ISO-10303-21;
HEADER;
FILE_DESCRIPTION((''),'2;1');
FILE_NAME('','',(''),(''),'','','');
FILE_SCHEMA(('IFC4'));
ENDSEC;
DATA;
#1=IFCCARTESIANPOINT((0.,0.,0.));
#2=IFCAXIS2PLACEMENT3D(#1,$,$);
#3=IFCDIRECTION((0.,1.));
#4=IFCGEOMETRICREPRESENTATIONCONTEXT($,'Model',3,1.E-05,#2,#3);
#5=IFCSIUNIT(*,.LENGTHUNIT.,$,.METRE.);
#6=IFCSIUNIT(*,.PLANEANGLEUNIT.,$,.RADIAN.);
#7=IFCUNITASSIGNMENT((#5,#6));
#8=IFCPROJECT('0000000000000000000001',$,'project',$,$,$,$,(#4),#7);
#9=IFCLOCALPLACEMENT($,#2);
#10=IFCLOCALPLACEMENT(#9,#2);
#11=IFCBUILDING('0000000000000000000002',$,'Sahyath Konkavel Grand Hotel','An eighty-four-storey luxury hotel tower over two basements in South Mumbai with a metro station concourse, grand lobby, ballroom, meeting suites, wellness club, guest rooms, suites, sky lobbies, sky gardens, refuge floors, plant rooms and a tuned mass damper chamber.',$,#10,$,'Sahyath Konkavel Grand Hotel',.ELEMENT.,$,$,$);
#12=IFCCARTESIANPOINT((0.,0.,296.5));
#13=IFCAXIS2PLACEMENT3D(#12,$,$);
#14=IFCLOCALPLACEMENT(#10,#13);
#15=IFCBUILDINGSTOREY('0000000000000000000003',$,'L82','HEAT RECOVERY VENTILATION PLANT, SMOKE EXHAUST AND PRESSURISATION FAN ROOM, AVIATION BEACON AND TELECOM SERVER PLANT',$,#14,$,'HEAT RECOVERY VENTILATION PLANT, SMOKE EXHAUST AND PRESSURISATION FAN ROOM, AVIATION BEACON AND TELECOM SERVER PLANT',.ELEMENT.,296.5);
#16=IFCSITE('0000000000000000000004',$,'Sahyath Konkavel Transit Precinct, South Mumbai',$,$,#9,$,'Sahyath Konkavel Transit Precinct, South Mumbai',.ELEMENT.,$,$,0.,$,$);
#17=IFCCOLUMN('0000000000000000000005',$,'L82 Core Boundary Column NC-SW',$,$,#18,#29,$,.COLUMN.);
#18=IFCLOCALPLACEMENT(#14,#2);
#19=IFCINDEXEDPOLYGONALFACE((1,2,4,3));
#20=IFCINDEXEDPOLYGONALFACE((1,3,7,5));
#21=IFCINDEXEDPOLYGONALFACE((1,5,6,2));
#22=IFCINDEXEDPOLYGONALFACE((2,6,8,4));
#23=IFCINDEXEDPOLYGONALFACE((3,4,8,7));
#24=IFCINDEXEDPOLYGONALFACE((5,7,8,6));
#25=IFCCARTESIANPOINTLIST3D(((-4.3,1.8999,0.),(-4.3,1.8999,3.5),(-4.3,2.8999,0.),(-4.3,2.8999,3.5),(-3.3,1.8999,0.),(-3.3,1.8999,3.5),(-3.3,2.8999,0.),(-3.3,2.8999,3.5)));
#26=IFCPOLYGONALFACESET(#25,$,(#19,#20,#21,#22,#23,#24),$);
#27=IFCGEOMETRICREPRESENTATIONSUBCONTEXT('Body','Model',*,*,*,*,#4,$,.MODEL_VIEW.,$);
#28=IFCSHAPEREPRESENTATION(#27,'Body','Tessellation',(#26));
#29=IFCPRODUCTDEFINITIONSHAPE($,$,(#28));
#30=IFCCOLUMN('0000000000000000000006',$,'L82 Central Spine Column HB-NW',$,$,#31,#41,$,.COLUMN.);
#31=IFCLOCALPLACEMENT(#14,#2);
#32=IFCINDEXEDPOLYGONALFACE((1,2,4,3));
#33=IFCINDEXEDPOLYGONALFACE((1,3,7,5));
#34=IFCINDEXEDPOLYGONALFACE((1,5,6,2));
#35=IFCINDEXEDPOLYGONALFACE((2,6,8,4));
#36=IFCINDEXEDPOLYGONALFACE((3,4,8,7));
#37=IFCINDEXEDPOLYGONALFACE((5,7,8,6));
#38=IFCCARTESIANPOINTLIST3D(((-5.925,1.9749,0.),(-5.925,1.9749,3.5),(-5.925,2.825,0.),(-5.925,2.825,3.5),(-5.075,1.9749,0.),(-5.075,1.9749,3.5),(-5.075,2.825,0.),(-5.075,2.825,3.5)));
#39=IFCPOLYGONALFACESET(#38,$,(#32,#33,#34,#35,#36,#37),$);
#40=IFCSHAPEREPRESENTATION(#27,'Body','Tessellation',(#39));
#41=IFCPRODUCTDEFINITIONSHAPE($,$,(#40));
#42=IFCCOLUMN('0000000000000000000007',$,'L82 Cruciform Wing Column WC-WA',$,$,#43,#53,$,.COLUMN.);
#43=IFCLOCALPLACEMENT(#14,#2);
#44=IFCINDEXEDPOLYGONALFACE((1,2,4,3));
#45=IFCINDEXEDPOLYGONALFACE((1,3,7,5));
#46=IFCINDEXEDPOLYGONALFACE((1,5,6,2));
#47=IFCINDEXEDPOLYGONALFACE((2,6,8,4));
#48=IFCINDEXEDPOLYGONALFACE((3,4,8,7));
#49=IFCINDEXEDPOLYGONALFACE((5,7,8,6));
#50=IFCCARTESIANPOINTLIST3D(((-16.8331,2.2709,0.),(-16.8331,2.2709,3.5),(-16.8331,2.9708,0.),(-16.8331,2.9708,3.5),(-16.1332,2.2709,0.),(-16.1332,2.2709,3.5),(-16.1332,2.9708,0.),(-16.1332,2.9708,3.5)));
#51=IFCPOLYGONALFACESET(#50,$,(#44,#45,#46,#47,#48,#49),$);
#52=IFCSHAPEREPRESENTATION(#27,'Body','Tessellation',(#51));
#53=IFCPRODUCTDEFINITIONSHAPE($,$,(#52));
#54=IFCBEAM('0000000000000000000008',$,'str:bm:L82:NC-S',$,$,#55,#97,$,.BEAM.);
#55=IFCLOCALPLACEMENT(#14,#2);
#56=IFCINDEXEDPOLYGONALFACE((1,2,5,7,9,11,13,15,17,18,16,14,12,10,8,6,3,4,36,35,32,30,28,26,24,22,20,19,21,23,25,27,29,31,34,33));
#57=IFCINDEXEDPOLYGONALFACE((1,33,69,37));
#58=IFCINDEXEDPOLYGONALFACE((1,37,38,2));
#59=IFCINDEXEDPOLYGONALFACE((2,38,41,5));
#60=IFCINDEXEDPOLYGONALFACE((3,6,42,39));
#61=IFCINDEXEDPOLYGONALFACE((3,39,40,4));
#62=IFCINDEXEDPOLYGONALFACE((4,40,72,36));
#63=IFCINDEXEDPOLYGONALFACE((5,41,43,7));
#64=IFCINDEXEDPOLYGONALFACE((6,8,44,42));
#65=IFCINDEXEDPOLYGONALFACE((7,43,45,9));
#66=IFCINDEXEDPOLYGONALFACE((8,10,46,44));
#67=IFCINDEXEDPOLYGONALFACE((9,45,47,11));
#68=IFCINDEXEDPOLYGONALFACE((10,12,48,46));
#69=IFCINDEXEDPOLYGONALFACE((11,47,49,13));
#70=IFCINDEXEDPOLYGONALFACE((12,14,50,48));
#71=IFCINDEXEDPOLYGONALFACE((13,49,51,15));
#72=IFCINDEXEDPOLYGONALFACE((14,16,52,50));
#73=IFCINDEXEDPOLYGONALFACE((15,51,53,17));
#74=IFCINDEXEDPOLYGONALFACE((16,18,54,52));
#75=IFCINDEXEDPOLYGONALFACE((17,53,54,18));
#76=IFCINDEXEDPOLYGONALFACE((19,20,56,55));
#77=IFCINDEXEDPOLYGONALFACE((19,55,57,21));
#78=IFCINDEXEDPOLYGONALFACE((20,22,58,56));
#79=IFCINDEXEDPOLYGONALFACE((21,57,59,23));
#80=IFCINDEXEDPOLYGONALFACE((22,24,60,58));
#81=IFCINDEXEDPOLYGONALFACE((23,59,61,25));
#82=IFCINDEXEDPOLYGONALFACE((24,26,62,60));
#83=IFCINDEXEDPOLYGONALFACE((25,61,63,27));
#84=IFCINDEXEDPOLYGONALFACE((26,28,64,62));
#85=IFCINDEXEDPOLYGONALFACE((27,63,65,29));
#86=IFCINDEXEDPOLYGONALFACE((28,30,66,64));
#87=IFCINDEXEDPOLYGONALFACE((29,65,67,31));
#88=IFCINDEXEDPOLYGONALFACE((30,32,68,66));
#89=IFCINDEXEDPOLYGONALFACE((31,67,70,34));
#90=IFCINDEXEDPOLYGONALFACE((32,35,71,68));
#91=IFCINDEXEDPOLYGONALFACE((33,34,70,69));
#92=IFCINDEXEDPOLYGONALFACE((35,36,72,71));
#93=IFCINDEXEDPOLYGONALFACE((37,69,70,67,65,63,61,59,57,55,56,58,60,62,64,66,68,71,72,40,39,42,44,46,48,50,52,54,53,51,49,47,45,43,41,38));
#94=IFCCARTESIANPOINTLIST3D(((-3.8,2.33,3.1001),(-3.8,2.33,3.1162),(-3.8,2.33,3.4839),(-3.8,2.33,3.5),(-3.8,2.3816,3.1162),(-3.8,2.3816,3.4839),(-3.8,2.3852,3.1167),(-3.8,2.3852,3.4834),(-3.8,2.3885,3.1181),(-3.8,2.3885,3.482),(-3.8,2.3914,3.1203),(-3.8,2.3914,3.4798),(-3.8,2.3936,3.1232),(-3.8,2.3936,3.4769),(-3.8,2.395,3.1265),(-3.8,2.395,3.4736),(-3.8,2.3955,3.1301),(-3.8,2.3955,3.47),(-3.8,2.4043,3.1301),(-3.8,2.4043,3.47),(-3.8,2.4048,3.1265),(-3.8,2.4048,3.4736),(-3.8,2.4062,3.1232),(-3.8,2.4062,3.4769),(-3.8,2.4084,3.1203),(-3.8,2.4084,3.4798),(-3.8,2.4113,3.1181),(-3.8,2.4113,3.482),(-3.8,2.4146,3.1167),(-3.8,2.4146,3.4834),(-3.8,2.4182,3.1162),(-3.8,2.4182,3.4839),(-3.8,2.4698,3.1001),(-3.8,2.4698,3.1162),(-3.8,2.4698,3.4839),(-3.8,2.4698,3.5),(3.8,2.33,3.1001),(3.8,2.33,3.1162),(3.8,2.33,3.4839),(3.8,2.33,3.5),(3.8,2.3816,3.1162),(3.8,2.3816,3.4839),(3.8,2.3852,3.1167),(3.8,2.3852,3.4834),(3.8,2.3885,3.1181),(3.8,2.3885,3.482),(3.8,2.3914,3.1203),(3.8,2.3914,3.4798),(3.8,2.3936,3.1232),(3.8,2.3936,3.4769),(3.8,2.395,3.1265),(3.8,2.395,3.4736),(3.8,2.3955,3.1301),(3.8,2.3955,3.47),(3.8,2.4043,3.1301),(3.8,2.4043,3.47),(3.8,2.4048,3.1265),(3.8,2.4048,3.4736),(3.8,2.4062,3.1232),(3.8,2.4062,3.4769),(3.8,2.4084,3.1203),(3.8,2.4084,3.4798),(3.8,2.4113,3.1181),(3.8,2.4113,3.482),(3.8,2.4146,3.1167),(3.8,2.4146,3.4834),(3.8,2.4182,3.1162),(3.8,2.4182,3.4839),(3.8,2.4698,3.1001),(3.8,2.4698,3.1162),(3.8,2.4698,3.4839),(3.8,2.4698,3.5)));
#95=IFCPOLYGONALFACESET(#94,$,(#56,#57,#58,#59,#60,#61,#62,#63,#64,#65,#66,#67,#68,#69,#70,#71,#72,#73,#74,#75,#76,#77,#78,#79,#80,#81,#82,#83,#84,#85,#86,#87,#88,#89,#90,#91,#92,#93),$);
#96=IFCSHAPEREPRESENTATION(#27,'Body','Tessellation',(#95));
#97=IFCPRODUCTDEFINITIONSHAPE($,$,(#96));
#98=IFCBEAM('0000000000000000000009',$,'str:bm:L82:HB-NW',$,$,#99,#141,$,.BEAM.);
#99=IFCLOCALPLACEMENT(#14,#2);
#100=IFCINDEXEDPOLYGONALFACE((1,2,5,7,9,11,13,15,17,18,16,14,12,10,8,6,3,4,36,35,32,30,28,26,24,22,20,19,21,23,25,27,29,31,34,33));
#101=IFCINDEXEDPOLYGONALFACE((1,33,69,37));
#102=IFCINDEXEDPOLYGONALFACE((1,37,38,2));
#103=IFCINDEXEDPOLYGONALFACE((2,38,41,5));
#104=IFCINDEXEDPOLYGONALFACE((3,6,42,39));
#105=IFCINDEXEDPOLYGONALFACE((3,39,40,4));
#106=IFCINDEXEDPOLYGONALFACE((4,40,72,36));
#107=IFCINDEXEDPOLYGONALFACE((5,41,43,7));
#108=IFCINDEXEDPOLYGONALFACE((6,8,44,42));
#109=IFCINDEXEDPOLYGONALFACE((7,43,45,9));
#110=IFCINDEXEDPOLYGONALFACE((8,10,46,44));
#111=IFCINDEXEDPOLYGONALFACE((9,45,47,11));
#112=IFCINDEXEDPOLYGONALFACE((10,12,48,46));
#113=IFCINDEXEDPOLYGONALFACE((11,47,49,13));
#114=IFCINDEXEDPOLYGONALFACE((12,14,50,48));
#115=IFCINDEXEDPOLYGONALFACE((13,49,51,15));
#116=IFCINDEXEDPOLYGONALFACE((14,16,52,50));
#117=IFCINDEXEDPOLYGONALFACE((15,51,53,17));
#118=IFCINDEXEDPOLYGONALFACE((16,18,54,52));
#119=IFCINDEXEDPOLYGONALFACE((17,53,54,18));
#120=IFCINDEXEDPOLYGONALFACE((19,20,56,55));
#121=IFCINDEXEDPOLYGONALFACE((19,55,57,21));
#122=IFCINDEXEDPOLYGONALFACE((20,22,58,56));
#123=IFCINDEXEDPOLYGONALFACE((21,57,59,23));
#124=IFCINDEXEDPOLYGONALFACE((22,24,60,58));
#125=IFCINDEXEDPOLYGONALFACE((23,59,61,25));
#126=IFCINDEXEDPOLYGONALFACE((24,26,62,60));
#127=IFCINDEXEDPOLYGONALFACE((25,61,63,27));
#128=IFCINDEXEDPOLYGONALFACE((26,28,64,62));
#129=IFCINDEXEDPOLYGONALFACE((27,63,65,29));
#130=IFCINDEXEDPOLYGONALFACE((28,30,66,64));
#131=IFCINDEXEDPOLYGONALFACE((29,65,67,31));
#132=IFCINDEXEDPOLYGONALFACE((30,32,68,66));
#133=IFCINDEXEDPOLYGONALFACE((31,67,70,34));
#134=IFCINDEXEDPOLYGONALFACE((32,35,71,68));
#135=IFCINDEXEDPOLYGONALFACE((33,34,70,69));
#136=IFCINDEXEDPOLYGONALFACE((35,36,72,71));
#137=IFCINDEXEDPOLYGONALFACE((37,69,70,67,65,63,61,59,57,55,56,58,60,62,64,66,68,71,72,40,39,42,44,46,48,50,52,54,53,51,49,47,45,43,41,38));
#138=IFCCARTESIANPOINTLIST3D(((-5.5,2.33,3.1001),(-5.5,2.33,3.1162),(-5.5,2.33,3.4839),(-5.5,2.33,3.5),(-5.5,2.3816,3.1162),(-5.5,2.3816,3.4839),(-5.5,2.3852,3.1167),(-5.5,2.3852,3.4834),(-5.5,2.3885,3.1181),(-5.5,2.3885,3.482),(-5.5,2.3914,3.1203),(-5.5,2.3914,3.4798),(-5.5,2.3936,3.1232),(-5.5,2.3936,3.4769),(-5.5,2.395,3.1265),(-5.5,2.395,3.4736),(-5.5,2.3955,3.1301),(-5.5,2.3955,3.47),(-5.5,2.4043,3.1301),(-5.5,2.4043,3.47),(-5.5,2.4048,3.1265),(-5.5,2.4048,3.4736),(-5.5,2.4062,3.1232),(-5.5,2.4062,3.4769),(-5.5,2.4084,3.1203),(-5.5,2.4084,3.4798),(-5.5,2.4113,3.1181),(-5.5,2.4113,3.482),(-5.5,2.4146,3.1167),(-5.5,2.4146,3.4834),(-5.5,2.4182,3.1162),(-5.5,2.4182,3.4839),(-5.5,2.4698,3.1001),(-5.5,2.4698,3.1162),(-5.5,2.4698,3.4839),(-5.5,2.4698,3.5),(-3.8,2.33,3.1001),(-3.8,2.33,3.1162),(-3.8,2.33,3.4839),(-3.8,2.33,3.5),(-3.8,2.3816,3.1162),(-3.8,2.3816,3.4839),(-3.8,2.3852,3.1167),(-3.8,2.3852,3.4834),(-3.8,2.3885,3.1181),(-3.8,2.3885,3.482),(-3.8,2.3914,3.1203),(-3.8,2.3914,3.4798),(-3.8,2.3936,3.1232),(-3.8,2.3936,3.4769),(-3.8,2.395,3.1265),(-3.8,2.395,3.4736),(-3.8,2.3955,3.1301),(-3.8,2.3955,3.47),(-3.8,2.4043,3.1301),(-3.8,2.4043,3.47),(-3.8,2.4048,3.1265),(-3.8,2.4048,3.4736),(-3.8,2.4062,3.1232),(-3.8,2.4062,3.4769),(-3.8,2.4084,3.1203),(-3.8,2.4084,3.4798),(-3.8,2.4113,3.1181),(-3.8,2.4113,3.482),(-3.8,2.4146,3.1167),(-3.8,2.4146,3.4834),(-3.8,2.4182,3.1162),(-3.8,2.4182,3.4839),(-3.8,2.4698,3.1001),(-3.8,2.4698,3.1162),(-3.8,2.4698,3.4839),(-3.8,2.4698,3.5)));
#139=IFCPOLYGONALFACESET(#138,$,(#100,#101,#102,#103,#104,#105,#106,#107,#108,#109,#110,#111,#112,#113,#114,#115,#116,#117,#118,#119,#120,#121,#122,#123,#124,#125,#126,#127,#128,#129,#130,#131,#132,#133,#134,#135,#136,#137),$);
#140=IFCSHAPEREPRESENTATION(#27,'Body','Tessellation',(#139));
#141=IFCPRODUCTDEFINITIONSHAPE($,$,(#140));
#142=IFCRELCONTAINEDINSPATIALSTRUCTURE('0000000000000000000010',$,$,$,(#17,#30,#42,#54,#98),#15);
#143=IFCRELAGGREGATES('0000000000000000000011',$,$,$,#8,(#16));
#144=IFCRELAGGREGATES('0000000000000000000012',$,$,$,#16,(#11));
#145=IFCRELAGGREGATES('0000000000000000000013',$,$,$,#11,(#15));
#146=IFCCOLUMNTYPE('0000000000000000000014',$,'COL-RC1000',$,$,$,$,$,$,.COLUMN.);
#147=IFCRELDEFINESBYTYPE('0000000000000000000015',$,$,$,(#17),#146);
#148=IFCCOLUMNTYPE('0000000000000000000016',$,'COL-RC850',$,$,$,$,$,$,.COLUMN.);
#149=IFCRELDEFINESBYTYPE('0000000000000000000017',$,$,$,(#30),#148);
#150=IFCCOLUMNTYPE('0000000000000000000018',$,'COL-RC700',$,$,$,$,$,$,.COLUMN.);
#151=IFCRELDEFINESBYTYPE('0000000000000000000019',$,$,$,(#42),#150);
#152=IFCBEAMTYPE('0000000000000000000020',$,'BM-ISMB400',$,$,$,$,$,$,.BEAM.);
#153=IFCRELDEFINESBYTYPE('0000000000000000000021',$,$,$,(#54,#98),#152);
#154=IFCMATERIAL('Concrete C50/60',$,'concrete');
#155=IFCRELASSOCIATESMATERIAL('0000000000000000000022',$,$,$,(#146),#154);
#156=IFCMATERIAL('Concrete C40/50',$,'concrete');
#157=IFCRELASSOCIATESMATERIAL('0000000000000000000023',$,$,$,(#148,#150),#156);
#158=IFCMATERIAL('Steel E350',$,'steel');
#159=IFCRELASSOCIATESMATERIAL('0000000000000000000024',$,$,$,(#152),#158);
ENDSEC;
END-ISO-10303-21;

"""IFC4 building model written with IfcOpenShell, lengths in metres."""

from ifc_helpers import new_model, si_unit, direction, frame, origin, origin_2d, place, context, subcontext, project, spatial, rectangle, i_section, extrude, source, transform, mapped, material, material_profile, profile_set, type_object, element, save


model = new_model("IFC4")

# Units and contexts
model_context = context("Model", 3, precision=1e-05, world=origin(), true_north=direction((0.0, 1.0)))
body_context = subcontext(model_context, "Body", "Model", "MODEL_VIEW")
ifc_project = project(units=[si_unit("LENGTHUNIT", "METRE"), si_unit("PLANEANGLEUNIT", "RADIAN")], contexts=[model_context])

# Site, building, storey
site_placement = place(None, origin())
site = spatial("IfcSite", under=ifc_project, at=site_placement, Name="Sahyath Konkavel Transit Precinct, South Mumbai", LongName="Sahyath Konkavel Transit Precinct, South Mumbai", CompositionType="ELEMENT", RefElevation=0.0)
building_placement = place(site_placement, origin())
building = spatial("IfcBuilding", under=site, at=building_placement, Name="Sahyath Konkavel Grand Hotel", Description="An eighty-four-storey luxury hotel tower over two basements in South Mumbai with a metro station concourse, grand lobby, ballroom, meeting suites, wellness club, guest rooms, suites, sky lobbies, sky gardens, refuge floors, plant rooms and a tuned mass damper chamber.", LongName="Sahyath Konkavel Grand Hotel", CompositionType="ELEMENT")
storey_placement = place(building_placement, frame((0.0, 0.0, 296.5)))
storey = spatial("IfcBuildingStorey", under=building, at=storey_placement, Name="L82", Description="HEAT RECOVERY VENTILATION PLANT, SMOKE EXHAUST AND PRESSURISATION FAN ROOM, AVIATION BEACON AND TELECOM SERVER PLANT", LongName="HEAT RECOVERY VENTILATION PLANT, SMOKE EXHAUST AND PRESSURISATION FAN ROOM, AVIATION BEACON AND TELECOM SERVER PLANT", CompositionType="ELEMENT", Elevation=296.5)

# Columns
ifc_material_1 = material(Name="Concrete C50/60", Category="concrete")
ifc_material_profile_1 = material_profile(ifc_material_1, rectangle(XDim=1.0, YDim=1.0, at=origin_2d()), Name="RC 1000x1000")
ifc_profile_set_1 = profile_set([ifc_material_profile_1], Name="Concrete C50/60")
column_type_1 = type_object("IfcColumnType", Name="COL-RC1000", PredefinedType="COLUMN", material=ifc_profile_set_1)
shared_shape_1 = source(origin(), body_context, "Body", "SweptSolid", [
    extrude(rectangle(XDim=1.0, YDim=1.0, at=origin_2d()), origin(), (0.0, 0.0, 1.0), 3.5),
])
column_1_placement = place(storey_placement, frame((-3.8, 2.3999, 0.0), z_axis=(0.0, 0.0, 1.0), x_axis=(1.0, 0.0, 0.0)))
element("IfcColumn", 1, at=column_1_placement, inside=storey, type_object=column_type_1, Name="L82 Core Boundary Column NC-SW", PredefinedType="COLUMN", context=body_context, shape_type="MappedRepresentation", body=[
    mapped(shared_shape_1, transform((0.0, 0.0, 0.0), scale=1.0)),
])
ifc_material_2 = material(Name="Concrete C40/50", Category="concrete")
ifc_material_profile_2 = material_profile(ifc_material_2, rectangle(XDim=0.8501, YDim=0.8501, at=origin_2d()), Name="RC 850x850")
ifc_profile_set_2 = profile_set([ifc_material_profile_2], Name="Concrete C40/50")
column_type_2 = type_object("IfcColumnType", Name="COL-RC850", PredefinedType="COLUMN", material=ifc_profile_set_2)
shared_shape_2 = source(origin(), body_context, "Body", "SweptSolid", [
    extrude(rectangle(XDim=0.8501, YDim=0.8501, at=origin_2d()), origin(), (0.0, 0.0, 1.0), 3.5),
])
column_2_placement = place(storey_placement, frame((-5.5, 2.3999, 0.0), z_axis=(0.0, 0.0, 1.0), x_axis=(1.0, 0.0, 0.0)))
element("IfcColumn", 2, at=column_2_placement, inside=storey, type_object=column_type_2, Name="L82 Central Spine Column HB-NW", PredefinedType="COLUMN", context=body_context, shape_type="MappedRepresentation", body=[
    mapped(shared_shape_2, transform((0.0, 0.0, 0.0), scale=1.0)),
])
ifc_material_profile_3 = material_profile(ifc_material_2, rectangle(XDim=0.7, YDim=0.7, at=origin_2d()), Name="RC 700x700")
ifc_profile_set_3 = profile_set([ifc_material_profile_3], Name="Concrete C40/50")
column_type_3 = type_object("IfcColumnType", Name="COL-RC700", PredefinedType="COLUMN", material=ifc_profile_set_3)
shared_shape_3 = source(origin(), body_context, "Body", "SweptSolid", [
    extrude(rectangle(XDim=0.7, YDim=0.7, at=origin_2d()), origin(), (0.0, 0.0, 1.0), 3.5),
])
column_3_placement = place(storey_placement, frame((-16.4832, 2.6208, 0.0), z_axis=(0.0, 0.0, 1.0), x_axis=(1.0, 0.0, 0.0)))
element("IfcColumn", 3, at=column_3_placement, inside=storey, type_object=column_type_3, Name="L82 Cruciform Wing Column WC-WA", PredefinedType="COLUMN", context=body_context, shape_type="MappedRepresentation", body=[
    mapped(shared_shape_3, transform((0.0, 0.0, 0.0), scale=1.0)),
])

# Beams
ifc_material_3 = material(Name="Steel E350", Category="steel")
ifc_material_profile_4 = material_profile(ifc_material_3, i_section(OverallWidth=0.1399, OverallDepth=0.3999, WebThickness=0.0088, FlangeThickness=0.0161, FilletRadius=0.0139, at=origin_2d()), Name="ISMB 400")
ifc_profile_set_4 = profile_set([ifc_material_profile_4], Name="Steel E350")
beam_type_1 = type_object("IfcBeamType", Name="BM-ISMB400", PredefinedType="BEAM", material=ifc_profile_set_4)
shared_shape_4 = source(origin(), body_context, "Body", "SweptSolid", [
    extrude(i_section(OverallWidth=0.1399, OverallDepth=0.3999, WebThickness=0.0088, FlangeThickness=0.0161, FilletRadius=0.0139, at=origin_2d()), origin(), (0.0, 0.0, 1.0), 7.6001),
])
beam_1_placement = place(storey_placement, frame((-3.8, 2.3999, 3.3), z_axis=(1.0, 0.0, 0.0), x_axis=(0.0, 1.0, 0.0)))
element("IfcBeam", 4, at=beam_1_placement, inside=storey, type_object=beam_type_1, Name="str:bm:L82:NC-S", PredefinedType="BEAM", context=body_context, shape_type="MappedRepresentation", body=[
    mapped(shared_shape_4, transform((0.0, 0.0, 0.0), scale=1.0)),
])
shared_shape_5 = source(origin(), body_context, "Body", "SweptSolid", [
    extrude(i_section(OverallWidth=0.1399, OverallDepth=0.3999, WebThickness=0.0088, FlangeThickness=0.0161, FilletRadius=0.0139, at=origin_2d()), origin(), (0.0, 0.0, 1.0), 1.7),
])
beam_2_placement = place(storey_placement, frame((-5.5, 2.3999, 3.3), z_axis=(1.0, 0.0, 0.0), x_axis=(0.0, 1.0, 0.0)))
element("IfcBeam", 5, at=beam_2_placement, inside=storey, type_object=beam_type_1, Name="str:bm:L82:HB-NW", PredefinedType="BEAM", context=body_context, shape_type="MappedRepresentation", body=[
    mapped(shared_shape_5, transform((0.0, 0.0, 0.0), scale=1.0)),
])

save(model, "model.ifc")
